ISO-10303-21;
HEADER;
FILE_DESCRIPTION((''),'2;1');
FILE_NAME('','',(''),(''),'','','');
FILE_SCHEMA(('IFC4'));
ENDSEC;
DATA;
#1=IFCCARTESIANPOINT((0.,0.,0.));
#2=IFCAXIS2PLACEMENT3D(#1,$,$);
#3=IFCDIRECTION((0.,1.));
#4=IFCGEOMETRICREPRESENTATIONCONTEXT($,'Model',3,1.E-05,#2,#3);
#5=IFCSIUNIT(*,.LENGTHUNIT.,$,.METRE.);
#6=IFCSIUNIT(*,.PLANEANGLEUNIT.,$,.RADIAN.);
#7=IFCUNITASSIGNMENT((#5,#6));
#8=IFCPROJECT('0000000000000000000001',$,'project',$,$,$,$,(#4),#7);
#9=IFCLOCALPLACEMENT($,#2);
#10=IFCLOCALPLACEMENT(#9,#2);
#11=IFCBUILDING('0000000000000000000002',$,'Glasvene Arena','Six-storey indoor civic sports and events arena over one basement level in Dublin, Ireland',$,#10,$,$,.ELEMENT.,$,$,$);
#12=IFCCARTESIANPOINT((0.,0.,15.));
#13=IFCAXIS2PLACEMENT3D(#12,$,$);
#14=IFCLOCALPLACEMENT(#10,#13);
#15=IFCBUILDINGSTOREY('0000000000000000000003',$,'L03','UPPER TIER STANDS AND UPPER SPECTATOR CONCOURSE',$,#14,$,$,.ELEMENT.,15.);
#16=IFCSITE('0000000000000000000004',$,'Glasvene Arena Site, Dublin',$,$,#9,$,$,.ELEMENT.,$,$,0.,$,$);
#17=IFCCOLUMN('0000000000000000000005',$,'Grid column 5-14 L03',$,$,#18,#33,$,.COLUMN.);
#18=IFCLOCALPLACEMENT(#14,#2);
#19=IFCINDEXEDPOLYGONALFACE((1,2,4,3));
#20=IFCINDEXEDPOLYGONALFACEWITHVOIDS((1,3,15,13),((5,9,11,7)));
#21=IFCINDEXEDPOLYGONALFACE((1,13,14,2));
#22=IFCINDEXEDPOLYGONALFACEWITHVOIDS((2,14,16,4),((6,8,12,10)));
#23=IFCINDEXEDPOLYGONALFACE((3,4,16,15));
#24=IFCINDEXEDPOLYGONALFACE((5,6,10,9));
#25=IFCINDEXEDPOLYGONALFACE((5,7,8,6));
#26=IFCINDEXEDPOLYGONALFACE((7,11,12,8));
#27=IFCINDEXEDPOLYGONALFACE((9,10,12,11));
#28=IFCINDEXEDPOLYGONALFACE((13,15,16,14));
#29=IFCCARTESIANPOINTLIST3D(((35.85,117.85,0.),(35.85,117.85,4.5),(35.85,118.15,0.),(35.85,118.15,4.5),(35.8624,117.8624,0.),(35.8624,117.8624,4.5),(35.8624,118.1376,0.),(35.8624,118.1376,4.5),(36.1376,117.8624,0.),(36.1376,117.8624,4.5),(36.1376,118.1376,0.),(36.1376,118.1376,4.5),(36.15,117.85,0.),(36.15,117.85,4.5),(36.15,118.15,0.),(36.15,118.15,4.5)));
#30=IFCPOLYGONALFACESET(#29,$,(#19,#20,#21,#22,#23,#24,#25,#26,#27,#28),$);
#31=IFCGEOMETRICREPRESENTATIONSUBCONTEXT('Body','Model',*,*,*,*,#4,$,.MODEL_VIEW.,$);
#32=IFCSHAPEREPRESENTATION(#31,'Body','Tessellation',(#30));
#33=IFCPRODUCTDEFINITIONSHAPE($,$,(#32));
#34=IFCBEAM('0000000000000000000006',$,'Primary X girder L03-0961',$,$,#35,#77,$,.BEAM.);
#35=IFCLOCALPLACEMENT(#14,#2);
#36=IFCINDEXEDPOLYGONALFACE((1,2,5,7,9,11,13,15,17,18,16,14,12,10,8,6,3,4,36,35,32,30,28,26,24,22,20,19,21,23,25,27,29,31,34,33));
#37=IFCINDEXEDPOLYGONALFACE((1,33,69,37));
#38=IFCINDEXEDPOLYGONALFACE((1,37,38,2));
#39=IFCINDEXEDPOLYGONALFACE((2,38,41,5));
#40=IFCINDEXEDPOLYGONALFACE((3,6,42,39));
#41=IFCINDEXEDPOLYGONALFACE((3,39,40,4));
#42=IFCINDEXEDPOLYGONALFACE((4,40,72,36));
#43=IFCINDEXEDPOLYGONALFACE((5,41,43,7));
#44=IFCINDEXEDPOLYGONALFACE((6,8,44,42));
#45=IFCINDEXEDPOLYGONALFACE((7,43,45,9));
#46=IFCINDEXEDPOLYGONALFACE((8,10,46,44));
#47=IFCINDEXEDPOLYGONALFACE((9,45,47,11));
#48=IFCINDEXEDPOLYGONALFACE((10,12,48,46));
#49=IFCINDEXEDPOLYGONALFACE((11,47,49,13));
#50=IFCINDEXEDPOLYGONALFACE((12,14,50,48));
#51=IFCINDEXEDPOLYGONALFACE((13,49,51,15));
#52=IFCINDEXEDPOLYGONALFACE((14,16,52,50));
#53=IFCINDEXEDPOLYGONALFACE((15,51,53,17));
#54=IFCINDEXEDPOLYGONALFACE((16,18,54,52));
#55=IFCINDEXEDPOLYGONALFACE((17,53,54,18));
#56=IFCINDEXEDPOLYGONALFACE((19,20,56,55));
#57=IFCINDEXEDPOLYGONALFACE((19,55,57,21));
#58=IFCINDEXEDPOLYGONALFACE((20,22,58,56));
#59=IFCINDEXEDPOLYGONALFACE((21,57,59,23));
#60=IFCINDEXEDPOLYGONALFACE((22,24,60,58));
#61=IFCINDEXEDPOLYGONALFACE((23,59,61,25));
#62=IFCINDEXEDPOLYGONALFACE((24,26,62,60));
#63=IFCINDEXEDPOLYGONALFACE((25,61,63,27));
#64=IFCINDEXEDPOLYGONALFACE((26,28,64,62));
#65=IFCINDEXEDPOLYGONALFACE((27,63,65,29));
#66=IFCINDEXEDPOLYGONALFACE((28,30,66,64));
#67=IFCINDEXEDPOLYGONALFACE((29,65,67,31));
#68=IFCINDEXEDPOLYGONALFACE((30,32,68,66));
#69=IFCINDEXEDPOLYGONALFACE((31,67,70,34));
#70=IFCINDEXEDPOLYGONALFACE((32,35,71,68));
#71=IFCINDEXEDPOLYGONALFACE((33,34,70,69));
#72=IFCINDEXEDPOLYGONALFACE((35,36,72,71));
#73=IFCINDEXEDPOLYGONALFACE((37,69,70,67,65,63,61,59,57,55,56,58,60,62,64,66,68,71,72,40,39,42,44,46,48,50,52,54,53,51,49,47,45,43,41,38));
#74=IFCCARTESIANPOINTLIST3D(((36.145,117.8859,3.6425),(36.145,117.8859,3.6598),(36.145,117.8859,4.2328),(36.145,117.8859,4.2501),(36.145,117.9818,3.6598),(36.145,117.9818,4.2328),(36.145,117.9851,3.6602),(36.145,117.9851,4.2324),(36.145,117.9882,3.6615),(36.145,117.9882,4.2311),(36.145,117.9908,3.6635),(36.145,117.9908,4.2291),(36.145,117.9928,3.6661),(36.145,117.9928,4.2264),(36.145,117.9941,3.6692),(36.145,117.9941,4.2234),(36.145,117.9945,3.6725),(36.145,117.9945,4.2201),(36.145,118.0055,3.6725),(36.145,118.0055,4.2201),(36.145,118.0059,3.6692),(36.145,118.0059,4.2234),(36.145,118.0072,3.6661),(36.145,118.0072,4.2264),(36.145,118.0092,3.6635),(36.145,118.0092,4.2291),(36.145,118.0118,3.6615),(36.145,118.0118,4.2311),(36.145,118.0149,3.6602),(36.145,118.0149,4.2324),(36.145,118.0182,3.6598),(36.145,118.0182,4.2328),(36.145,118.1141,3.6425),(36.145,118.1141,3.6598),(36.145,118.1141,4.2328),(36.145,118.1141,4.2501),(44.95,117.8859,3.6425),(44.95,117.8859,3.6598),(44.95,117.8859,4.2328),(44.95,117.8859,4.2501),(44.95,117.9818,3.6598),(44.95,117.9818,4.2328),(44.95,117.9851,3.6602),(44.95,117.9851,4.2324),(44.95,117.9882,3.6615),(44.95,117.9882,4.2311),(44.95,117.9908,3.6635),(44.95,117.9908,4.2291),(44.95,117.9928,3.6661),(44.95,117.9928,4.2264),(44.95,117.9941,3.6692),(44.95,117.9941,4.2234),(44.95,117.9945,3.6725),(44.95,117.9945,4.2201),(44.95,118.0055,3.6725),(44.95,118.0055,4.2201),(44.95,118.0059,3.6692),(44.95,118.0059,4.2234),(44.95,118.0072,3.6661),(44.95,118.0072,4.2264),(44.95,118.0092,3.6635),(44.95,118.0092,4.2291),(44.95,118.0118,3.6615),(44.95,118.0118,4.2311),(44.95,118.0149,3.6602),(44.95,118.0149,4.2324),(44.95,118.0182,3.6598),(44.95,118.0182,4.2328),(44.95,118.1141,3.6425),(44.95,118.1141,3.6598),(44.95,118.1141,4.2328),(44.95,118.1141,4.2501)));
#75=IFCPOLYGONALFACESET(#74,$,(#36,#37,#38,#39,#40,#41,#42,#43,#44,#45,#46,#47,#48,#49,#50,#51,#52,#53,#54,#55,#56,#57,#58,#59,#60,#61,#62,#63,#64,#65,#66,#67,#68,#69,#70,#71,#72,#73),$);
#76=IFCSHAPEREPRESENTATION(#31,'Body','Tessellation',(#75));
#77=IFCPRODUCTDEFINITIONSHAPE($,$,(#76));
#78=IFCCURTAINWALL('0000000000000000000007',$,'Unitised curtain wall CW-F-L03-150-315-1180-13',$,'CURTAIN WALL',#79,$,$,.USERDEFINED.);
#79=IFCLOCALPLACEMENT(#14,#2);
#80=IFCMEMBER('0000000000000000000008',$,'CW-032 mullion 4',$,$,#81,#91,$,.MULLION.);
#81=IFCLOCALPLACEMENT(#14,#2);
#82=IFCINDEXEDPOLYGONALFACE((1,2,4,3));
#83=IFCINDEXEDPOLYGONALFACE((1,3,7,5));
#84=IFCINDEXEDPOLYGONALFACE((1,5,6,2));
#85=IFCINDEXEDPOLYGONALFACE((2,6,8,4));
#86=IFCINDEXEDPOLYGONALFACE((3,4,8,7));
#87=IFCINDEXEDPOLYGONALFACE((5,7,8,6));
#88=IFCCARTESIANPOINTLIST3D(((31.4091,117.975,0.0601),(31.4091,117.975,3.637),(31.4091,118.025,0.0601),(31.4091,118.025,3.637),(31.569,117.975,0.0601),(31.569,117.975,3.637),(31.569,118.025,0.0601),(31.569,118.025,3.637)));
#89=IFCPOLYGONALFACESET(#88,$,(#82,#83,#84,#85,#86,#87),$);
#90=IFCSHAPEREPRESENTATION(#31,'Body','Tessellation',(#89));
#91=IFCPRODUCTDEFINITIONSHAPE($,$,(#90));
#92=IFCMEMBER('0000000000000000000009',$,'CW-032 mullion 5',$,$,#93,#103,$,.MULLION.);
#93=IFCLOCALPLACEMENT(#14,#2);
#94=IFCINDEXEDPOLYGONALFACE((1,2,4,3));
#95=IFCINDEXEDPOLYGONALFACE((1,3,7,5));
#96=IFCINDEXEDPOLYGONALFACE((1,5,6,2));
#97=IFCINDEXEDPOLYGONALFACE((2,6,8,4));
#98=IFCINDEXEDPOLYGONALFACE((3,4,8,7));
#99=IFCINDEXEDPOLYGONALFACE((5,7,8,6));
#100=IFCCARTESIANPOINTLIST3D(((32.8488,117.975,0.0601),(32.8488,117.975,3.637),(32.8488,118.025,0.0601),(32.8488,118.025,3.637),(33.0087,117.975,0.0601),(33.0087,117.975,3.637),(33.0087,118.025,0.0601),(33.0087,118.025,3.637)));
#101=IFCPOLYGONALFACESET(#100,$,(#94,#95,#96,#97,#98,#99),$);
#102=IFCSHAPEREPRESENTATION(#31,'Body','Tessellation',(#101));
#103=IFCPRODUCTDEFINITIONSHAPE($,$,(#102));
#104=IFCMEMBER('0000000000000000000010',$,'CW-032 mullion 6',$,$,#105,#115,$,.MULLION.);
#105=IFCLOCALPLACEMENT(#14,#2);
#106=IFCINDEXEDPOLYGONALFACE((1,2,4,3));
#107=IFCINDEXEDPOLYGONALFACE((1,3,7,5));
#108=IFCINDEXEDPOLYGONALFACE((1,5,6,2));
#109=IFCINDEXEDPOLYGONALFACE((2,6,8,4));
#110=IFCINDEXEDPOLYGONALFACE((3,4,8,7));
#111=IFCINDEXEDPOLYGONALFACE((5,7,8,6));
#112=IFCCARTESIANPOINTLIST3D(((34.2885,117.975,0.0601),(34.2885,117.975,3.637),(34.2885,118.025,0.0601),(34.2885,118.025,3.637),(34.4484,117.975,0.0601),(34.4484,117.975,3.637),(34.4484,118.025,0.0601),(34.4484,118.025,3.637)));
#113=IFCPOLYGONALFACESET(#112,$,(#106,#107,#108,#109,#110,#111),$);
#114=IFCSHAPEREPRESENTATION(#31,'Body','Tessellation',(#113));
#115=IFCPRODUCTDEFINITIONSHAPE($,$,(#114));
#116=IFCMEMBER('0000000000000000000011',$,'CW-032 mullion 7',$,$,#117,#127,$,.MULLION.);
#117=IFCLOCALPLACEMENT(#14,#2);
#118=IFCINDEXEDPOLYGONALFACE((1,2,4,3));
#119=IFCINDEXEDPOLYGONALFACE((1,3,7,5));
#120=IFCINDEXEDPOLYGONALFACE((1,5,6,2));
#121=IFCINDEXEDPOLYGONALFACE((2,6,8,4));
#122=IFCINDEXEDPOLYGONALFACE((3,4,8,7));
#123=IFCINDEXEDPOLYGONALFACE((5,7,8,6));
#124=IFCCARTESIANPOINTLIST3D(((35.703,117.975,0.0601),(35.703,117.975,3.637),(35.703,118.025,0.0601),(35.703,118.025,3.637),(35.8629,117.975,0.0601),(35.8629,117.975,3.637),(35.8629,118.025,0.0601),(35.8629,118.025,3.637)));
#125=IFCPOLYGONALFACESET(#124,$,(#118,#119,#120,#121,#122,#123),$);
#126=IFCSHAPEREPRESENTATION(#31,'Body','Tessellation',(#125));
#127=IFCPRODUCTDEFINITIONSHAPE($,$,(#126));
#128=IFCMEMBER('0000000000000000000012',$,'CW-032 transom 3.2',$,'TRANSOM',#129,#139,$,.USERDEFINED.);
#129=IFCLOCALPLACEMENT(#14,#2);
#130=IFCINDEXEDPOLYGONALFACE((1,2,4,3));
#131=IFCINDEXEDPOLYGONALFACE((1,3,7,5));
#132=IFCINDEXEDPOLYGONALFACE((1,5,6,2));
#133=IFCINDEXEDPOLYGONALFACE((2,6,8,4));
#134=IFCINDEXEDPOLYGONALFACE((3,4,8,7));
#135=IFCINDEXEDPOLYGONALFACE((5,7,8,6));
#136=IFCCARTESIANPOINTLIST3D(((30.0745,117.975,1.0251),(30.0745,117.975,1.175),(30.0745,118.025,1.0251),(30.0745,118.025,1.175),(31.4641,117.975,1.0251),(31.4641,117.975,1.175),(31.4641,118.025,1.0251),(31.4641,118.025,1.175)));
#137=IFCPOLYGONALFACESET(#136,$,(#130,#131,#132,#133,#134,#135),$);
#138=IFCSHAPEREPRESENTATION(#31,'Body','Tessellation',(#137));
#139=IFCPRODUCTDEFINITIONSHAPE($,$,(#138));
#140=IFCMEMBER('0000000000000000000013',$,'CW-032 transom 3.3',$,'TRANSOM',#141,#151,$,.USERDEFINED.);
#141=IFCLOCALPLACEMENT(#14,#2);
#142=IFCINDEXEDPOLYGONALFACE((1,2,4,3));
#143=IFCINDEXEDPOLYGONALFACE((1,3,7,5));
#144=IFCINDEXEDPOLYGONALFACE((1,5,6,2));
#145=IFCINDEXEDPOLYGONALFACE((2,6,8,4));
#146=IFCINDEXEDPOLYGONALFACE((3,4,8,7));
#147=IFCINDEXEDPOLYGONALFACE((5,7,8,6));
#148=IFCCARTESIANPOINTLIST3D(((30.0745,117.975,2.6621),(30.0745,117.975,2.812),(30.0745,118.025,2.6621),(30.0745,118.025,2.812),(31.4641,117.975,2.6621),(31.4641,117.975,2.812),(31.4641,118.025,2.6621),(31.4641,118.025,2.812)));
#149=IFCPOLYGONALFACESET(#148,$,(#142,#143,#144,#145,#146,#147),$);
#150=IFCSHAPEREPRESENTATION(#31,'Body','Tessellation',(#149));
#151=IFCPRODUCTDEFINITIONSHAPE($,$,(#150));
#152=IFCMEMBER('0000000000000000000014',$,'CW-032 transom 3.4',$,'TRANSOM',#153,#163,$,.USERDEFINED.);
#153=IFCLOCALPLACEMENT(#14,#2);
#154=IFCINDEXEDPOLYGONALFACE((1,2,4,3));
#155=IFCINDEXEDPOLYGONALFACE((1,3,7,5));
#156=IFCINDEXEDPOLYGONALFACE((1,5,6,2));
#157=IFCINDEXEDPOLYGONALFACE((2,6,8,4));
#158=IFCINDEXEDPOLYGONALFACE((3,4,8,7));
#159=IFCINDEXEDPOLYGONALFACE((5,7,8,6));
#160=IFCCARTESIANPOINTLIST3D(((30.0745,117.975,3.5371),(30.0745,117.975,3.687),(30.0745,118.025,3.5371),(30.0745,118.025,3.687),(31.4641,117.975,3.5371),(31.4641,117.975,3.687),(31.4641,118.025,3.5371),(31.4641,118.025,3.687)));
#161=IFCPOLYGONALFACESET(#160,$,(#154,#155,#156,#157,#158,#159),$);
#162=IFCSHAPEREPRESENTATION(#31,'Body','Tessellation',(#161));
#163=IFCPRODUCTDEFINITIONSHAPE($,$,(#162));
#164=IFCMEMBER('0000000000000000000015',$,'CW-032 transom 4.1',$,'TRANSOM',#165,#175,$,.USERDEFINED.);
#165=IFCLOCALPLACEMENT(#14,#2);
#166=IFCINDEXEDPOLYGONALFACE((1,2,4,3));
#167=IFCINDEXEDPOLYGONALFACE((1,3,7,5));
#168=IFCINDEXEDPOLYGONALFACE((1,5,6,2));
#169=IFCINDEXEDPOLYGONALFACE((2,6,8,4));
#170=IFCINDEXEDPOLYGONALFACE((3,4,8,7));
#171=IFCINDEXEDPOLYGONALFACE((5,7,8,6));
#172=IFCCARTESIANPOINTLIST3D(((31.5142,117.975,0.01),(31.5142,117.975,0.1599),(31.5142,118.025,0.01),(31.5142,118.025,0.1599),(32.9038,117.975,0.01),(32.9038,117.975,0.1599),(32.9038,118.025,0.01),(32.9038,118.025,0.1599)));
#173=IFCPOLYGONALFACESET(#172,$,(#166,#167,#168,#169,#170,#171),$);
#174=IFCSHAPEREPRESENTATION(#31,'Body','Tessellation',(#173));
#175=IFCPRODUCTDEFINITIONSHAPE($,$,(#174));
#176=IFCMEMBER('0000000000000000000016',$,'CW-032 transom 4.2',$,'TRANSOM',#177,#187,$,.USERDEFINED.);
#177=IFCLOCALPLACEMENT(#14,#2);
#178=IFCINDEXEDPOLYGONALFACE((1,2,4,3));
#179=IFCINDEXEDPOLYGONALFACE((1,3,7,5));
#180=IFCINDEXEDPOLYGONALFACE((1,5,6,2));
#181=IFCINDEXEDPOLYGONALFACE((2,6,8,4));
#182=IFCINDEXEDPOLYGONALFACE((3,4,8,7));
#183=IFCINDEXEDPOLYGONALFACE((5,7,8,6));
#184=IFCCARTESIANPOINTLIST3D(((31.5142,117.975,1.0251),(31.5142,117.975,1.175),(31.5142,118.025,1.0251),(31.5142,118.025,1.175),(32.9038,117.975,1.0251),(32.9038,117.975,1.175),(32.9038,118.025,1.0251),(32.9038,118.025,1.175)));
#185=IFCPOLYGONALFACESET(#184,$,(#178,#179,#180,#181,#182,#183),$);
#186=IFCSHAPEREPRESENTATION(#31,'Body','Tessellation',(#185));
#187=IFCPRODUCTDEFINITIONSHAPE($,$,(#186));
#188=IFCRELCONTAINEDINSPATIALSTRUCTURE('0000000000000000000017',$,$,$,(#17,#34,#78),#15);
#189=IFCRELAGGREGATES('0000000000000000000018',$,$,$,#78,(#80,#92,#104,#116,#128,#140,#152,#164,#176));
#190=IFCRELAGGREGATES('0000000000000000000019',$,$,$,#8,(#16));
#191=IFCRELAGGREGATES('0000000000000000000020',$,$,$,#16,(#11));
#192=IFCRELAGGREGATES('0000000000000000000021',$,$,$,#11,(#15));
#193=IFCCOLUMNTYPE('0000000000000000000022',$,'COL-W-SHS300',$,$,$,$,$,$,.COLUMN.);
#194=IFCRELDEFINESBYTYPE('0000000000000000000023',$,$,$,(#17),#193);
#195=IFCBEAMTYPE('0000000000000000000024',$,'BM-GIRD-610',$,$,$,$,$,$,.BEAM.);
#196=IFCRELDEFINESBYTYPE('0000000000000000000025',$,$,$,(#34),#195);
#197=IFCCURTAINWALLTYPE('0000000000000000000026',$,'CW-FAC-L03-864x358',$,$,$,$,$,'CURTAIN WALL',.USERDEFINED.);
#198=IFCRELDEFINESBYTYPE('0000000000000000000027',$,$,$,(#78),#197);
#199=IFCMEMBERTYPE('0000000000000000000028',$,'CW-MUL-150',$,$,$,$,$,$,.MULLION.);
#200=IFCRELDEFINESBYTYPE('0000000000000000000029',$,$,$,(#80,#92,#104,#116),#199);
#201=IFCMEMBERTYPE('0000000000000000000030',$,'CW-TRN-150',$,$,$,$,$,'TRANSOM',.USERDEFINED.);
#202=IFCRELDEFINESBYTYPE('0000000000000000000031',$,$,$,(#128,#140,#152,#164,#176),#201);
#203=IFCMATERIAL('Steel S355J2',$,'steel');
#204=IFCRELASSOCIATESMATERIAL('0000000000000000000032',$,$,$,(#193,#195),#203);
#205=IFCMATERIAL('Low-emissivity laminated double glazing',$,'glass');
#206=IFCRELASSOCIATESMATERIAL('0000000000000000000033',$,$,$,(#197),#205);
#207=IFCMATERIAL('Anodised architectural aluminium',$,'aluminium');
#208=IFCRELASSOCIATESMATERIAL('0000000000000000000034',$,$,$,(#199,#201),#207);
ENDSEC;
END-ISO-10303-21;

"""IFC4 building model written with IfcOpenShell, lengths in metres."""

from ifc_helpers import new_model, si_unit, direction, frame, origin, origin_2d, place, context, subcontext, project, spatial, rectangle, hollow_rectangle, i_section, extrude, material, material_profile, profile_set, type_object, element, aggregate, save


model = new_model("IFC4")

# Units and contexts
model_context = context("Model", 3, precision=1e-05, world=origin(), true_north=direction((0.0, 1.0)))
body_context = subcontext(model_context, "Body", "Model", "MODEL_VIEW")
ifc_project = project(units=[si_unit("LENGTHUNIT", "METRE"), si_unit("PLANEANGLEUNIT", "RADIAN")], contexts=[model_context])

# Site, building, storey
site_placement = place(None, origin())
site = spatial("IfcSite", under=ifc_project, at=site_placement, Name="Glasvene Arena Site, Dublin", CompositionType="ELEMENT", RefElevation=0.0)
building_placement = place(site_placement, origin())
building = spatial("IfcBuilding", under=site, at=building_placement, Name="Glasvene Arena", Description="Six-storey indoor civic sports and events arena over one basement level in Dublin, Ireland", CompositionType="ELEMENT")
storey_placement = place(building_placement, frame((0.0, 0.0, 15.0)))
storey = spatial("IfcBuildingStorey", under=building, at=storey_placement, Name="L03", Description="UPPER TIER STANDS AND UPPER SPECTATOR CONCOURSE", CompositionType="ELEMENT", Elevation=15.0)

# Column
ifc_material_1 = material(Name="Steel S355J2", Category="steel")
ifc_material_profile_1 = material_profile(ifc_material_1, hollow_rectangle(XDim=0.3, YDim=0.3, WallThickness=0.0125, at=origin_2d()), Name="SHS 300x300x12.5")
ifc_profile_set_1 = profile_set([ifc_material_profile_1], Name="Steel S355J2")
column_type = type_object("IfcColumnType", Name="COL-W-SHS300", PredefinedType="COLUMN", material=ifc_profile_set_1)
column_placement = place(storey_placement, frame((36.0, 118.0, 0.0), z_axis=(0.0, 0.0, 1.0), x_axis=(1.0, 0.0, 0.0)))
element("IfcColumn", 1, at=column_placement, inside=storey, type_object=column_type, Name="Grid column 5-14 L03", PredefinedType="COLUMN", context=body_context, shape_type="SweptSolid", body=[
    extrude(hollow_rectangle(XDim=0.3, YDim=0.3, WallThickness=0.0125, at=origin_2d()), origin(), (0.0, 0.0, 1.0), 4.5),
])

# Beam
ifc_material_profile_2 = material_profile(ifc_material_1, i_section(OverallWidth=0.2283, OverallDepth=0.6077, WebThickness=0.011, FlangeThickness=0.0173, FilletRadius=0.0127, at=origin_2d()), Name="UKB 610x229x113")
ifc_profile_set_2 = profile_set([ifc_material_profile_2], Name="Steel S355J2")
beam_type = type_object("IfcBeamType", Name="BM-GIRD-610", PredefinedType="BEAM", material=ifc_profile_set_2)
beam_placement = place(storey_placement, frame((36.145, 118.0, 3.9463), z_axis=(1.0, 0.0, 0.0), x_axis=(0.0, 1.0, 0.0)))
element("IfcBeam", 2, at=beam_placement, inside=storey, type_object=beam_type, Name="Primary X girder L03-0961", PredefinedType="BEAM", context=body_context, shape_type="SweptSolid", body=[
    extrude(i_section(OverallWidth=0.2283, OverallDepth=0.6077, WebThickness=0.011, FlangeThickness=0.0173, FilletRadius=0.0127, at=origin_2d()), origin(), (0.0, 0.0, 1.0), 8.8049),
])

# Curtain wall, members
ifc_material_2 = material(Name="Low-emissivity laminated double glazing", Category="glass")
curtain_wall_type = type_object("IfcCurtainWallType", Name="CW-FAC-L03-864x358", ElementType="CURTAIN WALL", PredefinedType="USERDEFINED", material=ifc_material_2)
curtain_wall_placement = place(storey_placement, frame((27.1702, 118.0, 0.0)))
curtain_wall = element("IfcCurtainWall", 3, at=curtain_wall_placement, inside=storey, type_object=curtain_wall_type, Name="Unitised curtain wall CW-F-L03-150-315-1180-13", ObjectType="CURTAIN WALL", PredefinedType="USERDEFINED")
ifc_material_3 = material(Name="Anodised architectural aluminium", Category="aluminium")
ifc_material_profile_3 = material_profile(ifc_material_3, rectangle(XDim=0.05, YDim=0.1599, at=origin_2d()), Name="ALU MULLION 50x160")
ifc_profile_set_3 = profile_set([ifc_material_profile_3], Name="Anodised architectural aluminium")
member_type_1 = type_object("IfcMemberType", Name="CW-MUL-150", PredefinedType="MULLION", material=ifc_profile_set_3)
member_1_placement = place(storey_placement, frame((31.489, 118.0, 0.0601), z_axis=(0.0, 0.0, 1.0), x_axis=(0.0, 1.0, 0.0)))
member_1 = element("IfcMember", 4, at=member_1_placement, type_object=member_type_1, Name="CW-032 mullion 4", PredefinedType="MULLION", context=body_context, shape_type="SweptSolid", body=[
    extrude(rectangle(XDim=0.05, YDim=0.1599, at=origin_2d()), origin(), (0.0, 0.0, 1.0), 3.5769),
])
member_2_placement = place(storey_placement, frame((32.9287, 118.0, 0.0601), z_axis=(0.0, 0.0, 1.0), x_axis=(0.0, 1.0, 0.0)))
member_2 = element("IfcMember", 5, at=member_2_placement, type_object=member_type_1, Name="CW-032 mullion 5", PredefinedType="MULLION", context=body_context, shape_type="SweptSolid", body=[
    extrude(rectangle(XDim=0.05, YDim=0.1599, at=origin_2d()), origin(), (0.0, 0.0, 1.0), 3.5769),
])
member_3_placement = place(storey_placement, frame((34.3684, 118.0, 0.0601), z_axis=(0.0, 0.0, 1.0), x_axis=(0.0, 1.0, 0.0)))
member_3 = element("IfcMember", 6, at=member_3_placement, type_object=member_type_1, Name="CW-032 mullion 6", PredefinedType="MULLION", context=body_context, shape_type="SweptSolid", body=[
    extrude(rectangle(XDim=0.05, YDim=0.1599, at=origin_2d()), origin(), (0.0, 0.0, 1.0), 3.5769),
])
member_4_placement = place(storey_placement, frame((35.783, 118.0, 0.0601), z_axis=(0.0, 0.0, 1.0), x_axis=(0.0, 1.0, 0.0)))
member_4 = element("IfcMember", 7, at=member_4_placement, type_object=member_type_1, Name="CW-032 mullion 7", PredefinedType="MULLION", context=body_context, shape_type="SweptSolid", body=[
    extrude(rectangle(XDim=0.05, YDim=0.1599, at=origin_2d()), origin(), (0.0, 0.0, 1.0), 3.5769),
])
ifc_material_profile_4 = material_profile(ifc_material_3, rectangle(XDim=0.05, YDim=0.1499, at=origin_2d()), Name="ALU TRANSOM 50x150")
ifc_profile_set_4 = profile_set([ifc_material_profile_4], Name="Anodised architectural aluminium")
member_type_2 = type_object("IfcMemberType", Name="CW-TRN-150", ElementType="TRANSOM", PredefinedType="USERDEFINED", material=ifc_profile_set_4)
member_5_placement = place(storey_placement, frame((30.0745, 118.0, 1.1001), z_axis=(1.0, 0.0, 0.0), x_axis=(0.0, 1.0, 0.0)))
member_5 = element("IfcMember", 8, at=member_5_placement, type_object=member_type_2, Name="CW-032 transom 3.2", ObjectType="TRANSOM", PredefinedType="USERDEFINED", context=body_context, shape_type="SweptSolid", body=[
    extrude(rectangle(XDim=0.05, YDim=0.1499, at=origin_2d()), origin(), (0.0, 0.0, 1.0), 1.3896),
])
member_6_placement = place(storey_placement, frame((30.0745, 118.0, 2.7371), z_axis=(1.0, 0.0, 0.0), x_axis=(0.0, 1.0, 0.0)))
member_6 = element("IfcMember", 9, at=member_6_placement, type_object=member_type_2, Name="CW-032 transom 3.3", ObjectType="TRANSOM", PredefinedType="USERDEFINED", context=body_context, shape_type="SweptSolid", body=[
    extrude(rectangle(XDim=0.05, YDim=0.1499, at=origin_2d()), origin(), (0.0, 0.0, 1.0), 1.3896),
])
member_7_placement = place(storey_placement, frame((30.0745, 118.0, 3.6121), z_axis=(1.0, 0.0, 0.0), x_axis=(0.0, 1.0, 0.0)))
member_7 = element("IfcMember", 10, at=member_7_placement, type_object=member_type_2, Name="CW-032 transom 3.4", ObjectType="TRANSOM", PredefinedType="USERDEFINED", context=body_context, shape_type="SweptSolid", body=[
    extrude(rectangle(XDim=0.05, YDim=0.1499, at=origin_2d()), origin(), (0.0, 0.0, 1.0), 1.3896),
])
member_8_placement = place(storey_placement, frame((31.5142, 118.0, 0.085), z_axis=(1.0, 0.0, 0.0), x_axis=(0.0, 1.0, 0.0)))
member_8 = element("IfcMember", 11, at=member_8_placement, type_object=member_type_2, Name="CW-032 transom 4.1", ObjectType="TRANSOM", PredefinedType="USERDEFINED", context=body_context, shape_type="SweptSolid", body=[
    extrude(rectangle(XDim=0.05, YDim=0.1499, at=origin_2d()), origin(), (0.0, 0.0, 1.0), 1.3896),
])
member_9_placement = place(storey_placement, frame((31.5142, 118.0, 1.1001), z_axis=(1.0, 0.0, 0.0), x_axis=(0.0, 1.0, 0.0)))
member_9 = element("IfcMember", 12, at=member_9_placement, type_object=member_type_2, Name="CW-032 transom 4.2", ObjectType="TRANSOM", PredefinedType="USERDEFINED", context=body_context, shape_type="SweptSolid", body=[
    extrude(rectangle(XDim=0.05, YDim=0.1499, at=origin_2d()), origin(), (0.0, 0.0, 1.0), 1.3896),
])
aggregate(curtain_wall, [member_1, member_2, member_3, member_4, member_5, member_6, member_7, member_8, member_9])

save(model, "model.ifc")
